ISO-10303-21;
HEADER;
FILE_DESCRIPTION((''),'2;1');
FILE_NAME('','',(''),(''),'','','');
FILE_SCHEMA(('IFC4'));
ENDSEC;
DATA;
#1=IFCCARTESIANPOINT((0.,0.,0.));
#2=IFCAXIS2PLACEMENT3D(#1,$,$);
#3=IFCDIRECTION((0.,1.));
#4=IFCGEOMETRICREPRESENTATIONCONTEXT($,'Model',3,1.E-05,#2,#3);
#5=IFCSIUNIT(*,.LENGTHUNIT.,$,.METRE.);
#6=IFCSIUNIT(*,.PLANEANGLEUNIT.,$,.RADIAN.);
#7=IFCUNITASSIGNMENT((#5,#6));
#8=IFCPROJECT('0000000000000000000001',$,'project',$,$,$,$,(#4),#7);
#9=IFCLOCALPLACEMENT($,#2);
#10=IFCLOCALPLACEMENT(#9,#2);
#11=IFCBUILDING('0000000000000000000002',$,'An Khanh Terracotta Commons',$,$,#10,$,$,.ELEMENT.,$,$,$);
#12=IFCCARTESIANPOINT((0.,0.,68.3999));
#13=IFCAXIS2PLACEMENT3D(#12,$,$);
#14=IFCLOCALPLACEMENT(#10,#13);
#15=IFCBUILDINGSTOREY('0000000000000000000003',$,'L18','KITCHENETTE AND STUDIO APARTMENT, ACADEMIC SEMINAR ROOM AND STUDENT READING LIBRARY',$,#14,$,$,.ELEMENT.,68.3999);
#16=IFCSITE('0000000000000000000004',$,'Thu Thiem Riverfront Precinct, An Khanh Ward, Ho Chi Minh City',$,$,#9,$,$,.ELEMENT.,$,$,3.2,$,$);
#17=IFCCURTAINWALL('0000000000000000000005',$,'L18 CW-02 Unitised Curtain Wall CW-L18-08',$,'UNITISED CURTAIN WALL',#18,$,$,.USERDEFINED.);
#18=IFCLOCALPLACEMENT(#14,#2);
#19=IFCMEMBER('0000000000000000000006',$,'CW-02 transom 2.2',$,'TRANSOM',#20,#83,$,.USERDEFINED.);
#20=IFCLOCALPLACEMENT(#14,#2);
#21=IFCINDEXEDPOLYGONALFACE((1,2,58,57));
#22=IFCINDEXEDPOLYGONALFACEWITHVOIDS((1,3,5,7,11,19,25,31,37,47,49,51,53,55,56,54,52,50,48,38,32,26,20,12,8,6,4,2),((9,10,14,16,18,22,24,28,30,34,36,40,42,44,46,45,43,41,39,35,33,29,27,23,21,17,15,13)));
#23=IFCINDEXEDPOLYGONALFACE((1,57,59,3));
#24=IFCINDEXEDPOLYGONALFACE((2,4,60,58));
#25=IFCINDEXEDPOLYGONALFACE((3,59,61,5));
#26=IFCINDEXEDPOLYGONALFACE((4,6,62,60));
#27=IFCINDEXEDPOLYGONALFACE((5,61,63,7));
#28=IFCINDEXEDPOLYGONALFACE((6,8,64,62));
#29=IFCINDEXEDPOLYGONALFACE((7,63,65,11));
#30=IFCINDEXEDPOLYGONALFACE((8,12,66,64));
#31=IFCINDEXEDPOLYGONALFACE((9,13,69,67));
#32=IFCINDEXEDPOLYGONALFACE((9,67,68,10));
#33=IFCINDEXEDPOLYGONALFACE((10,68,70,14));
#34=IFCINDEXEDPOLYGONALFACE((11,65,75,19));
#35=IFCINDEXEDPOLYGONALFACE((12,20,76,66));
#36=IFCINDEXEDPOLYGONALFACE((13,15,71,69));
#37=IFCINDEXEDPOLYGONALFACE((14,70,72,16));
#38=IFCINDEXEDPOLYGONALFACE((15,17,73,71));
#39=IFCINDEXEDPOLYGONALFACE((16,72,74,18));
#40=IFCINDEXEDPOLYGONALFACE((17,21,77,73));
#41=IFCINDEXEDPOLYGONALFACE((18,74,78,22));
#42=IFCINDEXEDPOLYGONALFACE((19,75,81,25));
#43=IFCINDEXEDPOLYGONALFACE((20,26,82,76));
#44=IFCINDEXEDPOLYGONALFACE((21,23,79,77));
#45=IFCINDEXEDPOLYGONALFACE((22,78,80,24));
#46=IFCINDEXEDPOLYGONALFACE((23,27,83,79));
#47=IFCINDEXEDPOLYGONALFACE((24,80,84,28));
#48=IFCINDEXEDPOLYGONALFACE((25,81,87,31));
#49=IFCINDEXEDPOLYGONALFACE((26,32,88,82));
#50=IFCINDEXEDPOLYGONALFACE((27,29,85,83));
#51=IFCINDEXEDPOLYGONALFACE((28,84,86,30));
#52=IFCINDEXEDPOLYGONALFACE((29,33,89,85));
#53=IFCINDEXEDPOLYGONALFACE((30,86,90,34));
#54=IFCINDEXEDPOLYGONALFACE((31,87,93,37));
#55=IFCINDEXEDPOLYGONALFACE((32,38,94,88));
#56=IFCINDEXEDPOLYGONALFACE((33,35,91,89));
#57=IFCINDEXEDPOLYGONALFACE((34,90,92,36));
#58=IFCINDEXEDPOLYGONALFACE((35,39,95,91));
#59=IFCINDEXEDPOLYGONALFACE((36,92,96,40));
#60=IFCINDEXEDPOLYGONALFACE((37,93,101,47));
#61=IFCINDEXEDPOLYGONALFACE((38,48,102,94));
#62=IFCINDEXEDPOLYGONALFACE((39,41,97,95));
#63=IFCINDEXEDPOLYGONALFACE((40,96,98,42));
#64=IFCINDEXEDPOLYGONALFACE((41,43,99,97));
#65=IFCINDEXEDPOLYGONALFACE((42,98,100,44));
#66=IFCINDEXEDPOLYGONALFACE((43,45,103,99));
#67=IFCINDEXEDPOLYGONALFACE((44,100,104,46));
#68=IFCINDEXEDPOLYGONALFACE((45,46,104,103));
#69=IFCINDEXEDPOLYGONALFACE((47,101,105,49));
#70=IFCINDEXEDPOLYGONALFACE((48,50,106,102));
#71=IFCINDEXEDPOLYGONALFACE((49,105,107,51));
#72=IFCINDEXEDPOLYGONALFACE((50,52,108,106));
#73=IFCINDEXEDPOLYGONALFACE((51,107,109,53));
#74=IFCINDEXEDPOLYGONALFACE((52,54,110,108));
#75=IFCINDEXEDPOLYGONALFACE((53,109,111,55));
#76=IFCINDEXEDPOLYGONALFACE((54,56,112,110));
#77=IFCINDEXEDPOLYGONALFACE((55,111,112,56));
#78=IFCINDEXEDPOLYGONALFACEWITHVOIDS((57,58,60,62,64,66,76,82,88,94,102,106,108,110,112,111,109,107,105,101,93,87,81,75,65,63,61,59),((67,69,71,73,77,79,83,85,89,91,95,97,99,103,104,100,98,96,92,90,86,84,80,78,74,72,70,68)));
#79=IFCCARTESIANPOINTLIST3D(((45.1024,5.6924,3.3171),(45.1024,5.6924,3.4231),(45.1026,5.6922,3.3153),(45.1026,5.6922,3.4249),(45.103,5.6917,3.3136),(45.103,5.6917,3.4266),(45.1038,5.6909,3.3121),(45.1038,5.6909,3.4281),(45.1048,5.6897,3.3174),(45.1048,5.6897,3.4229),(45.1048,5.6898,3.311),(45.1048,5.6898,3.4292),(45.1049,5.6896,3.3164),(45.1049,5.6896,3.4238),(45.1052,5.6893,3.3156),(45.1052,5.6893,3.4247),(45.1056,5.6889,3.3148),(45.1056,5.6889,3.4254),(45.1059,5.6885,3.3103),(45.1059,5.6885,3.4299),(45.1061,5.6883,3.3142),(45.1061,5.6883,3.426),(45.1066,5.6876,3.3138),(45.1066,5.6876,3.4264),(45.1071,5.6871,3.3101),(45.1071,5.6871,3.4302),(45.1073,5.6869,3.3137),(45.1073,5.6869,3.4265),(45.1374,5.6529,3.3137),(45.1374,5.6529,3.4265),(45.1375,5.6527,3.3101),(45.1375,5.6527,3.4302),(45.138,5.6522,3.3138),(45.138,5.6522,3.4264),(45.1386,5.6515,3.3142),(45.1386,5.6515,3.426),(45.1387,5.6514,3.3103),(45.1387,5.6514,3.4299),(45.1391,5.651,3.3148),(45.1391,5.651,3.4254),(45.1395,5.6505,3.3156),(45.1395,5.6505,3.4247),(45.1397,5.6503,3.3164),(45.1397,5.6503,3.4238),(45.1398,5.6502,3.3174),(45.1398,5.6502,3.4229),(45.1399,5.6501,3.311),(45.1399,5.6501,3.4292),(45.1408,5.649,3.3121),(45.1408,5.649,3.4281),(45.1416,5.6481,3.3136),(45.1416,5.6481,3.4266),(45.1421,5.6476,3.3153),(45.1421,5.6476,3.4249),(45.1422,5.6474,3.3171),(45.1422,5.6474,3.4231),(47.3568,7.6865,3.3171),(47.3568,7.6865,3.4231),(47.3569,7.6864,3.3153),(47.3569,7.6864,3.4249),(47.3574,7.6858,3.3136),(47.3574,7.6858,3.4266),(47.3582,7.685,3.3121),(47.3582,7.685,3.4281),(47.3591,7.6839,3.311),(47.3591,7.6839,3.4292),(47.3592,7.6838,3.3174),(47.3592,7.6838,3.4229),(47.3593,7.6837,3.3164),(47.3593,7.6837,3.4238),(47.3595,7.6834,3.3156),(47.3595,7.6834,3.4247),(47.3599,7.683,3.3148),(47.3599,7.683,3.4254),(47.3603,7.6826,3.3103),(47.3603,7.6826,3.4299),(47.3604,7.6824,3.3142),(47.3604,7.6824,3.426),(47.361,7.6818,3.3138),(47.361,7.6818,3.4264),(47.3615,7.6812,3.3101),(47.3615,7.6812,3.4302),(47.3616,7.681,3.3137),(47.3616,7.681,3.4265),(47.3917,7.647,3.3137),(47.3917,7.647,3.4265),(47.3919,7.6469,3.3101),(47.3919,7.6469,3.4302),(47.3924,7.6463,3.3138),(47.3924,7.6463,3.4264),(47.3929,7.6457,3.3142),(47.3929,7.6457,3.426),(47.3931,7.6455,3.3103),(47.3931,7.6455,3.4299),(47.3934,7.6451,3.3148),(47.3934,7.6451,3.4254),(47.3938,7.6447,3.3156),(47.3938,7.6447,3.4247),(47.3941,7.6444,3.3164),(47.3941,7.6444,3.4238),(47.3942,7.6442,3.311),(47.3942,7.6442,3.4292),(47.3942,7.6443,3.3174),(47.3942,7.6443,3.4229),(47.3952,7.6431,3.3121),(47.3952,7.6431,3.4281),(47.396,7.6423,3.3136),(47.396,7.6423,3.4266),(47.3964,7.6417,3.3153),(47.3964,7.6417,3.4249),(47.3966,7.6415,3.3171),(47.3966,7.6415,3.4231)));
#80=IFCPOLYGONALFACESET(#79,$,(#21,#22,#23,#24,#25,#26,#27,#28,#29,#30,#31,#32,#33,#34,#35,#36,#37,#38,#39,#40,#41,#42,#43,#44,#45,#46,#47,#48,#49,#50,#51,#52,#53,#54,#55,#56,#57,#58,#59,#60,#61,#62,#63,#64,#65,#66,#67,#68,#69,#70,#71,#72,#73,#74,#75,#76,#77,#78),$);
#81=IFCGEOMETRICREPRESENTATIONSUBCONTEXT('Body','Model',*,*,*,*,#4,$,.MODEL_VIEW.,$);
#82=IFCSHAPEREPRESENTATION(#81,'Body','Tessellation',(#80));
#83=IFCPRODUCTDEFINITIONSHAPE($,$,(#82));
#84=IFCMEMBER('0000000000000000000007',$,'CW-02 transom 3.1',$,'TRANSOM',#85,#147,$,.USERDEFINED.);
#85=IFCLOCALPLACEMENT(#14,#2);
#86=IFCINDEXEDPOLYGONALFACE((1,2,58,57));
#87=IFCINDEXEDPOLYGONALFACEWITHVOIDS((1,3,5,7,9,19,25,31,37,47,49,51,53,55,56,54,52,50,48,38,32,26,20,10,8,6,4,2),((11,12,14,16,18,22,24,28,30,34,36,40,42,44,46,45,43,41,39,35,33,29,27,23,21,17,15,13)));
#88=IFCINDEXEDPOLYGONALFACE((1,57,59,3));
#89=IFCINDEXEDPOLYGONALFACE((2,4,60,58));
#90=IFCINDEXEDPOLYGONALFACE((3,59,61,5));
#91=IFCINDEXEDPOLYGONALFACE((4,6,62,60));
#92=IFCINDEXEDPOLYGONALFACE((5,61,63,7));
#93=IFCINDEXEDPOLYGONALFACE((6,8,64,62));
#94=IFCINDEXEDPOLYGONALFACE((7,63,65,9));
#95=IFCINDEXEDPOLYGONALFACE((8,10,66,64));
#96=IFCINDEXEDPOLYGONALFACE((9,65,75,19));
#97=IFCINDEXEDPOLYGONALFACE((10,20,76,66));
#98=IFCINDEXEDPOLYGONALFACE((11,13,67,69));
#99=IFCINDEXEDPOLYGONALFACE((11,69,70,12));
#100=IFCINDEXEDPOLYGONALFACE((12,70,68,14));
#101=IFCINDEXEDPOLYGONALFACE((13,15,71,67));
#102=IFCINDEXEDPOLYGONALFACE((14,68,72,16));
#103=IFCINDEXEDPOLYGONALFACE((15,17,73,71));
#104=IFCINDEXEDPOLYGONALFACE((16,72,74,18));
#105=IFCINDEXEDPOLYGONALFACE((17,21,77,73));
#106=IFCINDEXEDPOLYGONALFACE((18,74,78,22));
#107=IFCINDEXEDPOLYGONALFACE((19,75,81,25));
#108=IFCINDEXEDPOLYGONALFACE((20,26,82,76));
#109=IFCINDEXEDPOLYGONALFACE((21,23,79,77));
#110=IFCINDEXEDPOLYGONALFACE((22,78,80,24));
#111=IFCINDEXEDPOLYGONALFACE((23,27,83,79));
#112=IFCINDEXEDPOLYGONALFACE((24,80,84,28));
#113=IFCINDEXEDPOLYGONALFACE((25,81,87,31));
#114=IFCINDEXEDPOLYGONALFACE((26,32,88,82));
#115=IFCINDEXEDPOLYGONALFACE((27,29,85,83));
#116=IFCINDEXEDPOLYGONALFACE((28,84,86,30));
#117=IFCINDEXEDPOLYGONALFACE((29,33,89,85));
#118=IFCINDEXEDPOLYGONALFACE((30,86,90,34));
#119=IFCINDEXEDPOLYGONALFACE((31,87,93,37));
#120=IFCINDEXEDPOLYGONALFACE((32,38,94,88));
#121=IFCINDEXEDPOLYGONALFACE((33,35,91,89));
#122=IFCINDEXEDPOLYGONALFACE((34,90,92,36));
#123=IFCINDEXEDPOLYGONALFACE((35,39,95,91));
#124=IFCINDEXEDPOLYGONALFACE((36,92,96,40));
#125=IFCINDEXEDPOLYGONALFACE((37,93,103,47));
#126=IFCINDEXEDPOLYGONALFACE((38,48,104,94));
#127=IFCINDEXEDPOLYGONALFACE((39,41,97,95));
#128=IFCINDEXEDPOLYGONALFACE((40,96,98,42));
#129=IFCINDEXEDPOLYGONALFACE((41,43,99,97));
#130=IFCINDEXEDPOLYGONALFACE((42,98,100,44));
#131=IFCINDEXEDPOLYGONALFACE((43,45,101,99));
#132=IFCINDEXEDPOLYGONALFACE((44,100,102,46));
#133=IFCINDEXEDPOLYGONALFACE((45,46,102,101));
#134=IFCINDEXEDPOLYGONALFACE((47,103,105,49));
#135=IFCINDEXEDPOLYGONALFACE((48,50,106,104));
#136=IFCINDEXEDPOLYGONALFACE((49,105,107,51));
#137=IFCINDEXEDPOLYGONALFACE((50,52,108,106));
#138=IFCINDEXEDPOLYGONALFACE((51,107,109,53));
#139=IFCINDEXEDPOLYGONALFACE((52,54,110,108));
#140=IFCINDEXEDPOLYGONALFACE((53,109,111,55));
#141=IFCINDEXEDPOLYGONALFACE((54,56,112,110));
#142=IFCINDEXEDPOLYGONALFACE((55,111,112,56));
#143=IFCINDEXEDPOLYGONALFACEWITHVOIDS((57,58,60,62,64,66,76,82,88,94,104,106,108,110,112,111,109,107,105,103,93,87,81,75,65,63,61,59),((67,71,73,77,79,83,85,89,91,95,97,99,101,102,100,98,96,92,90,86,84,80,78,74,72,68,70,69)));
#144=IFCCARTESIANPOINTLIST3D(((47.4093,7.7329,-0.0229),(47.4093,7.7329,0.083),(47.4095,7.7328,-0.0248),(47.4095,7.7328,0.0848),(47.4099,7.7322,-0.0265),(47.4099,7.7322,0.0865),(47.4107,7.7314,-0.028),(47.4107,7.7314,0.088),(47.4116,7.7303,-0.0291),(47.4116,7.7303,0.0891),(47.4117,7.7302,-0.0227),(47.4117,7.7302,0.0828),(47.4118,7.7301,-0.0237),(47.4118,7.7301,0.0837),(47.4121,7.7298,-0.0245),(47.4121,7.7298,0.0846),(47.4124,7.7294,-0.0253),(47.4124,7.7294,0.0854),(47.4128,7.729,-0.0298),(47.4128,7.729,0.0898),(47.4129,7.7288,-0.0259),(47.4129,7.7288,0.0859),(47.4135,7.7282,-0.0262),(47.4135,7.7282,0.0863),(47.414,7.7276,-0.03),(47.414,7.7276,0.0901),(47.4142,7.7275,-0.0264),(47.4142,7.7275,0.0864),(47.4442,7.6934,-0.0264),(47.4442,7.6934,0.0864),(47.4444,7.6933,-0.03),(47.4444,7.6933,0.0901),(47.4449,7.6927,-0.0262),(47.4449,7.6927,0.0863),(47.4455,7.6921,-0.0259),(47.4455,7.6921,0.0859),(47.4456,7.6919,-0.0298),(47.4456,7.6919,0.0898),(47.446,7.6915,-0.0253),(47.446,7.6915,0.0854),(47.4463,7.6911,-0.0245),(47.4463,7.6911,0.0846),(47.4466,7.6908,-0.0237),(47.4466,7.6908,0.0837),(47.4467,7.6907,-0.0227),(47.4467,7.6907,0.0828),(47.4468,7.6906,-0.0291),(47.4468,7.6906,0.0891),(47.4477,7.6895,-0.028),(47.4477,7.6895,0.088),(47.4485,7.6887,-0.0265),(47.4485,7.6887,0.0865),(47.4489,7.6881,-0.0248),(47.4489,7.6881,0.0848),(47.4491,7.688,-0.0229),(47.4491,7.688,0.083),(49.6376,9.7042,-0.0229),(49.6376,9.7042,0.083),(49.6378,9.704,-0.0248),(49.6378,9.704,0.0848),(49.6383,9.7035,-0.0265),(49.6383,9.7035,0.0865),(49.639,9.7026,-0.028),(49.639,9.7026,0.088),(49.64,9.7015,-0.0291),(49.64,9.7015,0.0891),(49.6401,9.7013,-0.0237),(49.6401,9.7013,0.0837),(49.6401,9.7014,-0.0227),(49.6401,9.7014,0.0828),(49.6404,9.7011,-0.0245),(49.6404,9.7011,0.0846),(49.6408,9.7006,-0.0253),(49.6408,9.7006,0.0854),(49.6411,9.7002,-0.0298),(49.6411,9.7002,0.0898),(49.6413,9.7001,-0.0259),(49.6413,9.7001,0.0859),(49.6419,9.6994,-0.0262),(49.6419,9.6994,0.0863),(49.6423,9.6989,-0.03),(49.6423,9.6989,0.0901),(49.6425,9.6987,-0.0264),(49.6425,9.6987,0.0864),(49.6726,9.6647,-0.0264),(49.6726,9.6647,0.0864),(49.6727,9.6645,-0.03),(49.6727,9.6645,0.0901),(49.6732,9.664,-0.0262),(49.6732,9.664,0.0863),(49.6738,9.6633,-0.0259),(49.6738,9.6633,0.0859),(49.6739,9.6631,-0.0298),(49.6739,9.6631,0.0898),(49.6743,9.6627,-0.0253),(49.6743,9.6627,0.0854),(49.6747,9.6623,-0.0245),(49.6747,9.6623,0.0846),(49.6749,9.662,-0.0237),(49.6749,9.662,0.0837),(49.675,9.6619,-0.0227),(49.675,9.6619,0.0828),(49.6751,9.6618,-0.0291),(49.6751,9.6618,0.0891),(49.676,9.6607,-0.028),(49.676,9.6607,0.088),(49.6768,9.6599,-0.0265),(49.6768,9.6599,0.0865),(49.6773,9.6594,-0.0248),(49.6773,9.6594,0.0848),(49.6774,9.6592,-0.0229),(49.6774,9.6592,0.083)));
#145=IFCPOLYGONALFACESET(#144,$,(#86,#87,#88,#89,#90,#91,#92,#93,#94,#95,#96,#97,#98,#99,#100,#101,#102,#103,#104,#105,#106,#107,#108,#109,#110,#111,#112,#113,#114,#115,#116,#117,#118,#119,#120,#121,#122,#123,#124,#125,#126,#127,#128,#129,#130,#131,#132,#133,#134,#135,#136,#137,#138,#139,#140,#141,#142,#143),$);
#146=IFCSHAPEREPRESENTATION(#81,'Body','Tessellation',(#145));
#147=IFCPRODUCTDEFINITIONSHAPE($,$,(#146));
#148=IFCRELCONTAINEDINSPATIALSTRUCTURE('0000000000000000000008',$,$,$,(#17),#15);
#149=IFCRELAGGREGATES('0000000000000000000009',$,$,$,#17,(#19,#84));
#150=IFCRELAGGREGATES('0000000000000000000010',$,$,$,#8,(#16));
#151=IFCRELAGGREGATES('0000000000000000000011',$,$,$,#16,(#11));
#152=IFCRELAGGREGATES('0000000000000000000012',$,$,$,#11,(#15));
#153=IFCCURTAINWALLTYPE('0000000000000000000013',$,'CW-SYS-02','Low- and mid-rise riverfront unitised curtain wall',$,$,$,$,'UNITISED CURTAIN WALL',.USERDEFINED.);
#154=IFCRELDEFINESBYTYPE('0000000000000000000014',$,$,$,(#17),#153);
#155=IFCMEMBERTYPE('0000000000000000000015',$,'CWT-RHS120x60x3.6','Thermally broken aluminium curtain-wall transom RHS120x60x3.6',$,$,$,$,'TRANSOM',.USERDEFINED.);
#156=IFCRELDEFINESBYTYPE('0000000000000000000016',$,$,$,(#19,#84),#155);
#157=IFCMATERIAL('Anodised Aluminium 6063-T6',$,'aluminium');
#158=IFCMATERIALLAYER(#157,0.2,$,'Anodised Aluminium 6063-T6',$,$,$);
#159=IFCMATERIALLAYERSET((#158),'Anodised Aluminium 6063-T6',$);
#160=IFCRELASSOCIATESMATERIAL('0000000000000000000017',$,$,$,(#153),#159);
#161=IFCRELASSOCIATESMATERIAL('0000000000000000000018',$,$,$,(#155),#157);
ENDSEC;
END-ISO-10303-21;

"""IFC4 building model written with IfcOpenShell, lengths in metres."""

from ifc_helpers import new_model, si_unit, direction, frame, origin, origin_2d, place, context, subcontext, project, spatial, hollow_rectangle, extrude, material, layer, layer_set, material_profile, profile_set, type_object, element, aggregate, save


model = new_model("IFC4")

# Units and contexts
model_context = context("Model", 3, precision=1e-05, world=origin(), true_north=direction((0.0, 1.0)))
body_context = subcontext(model_context, "Body", "Model", "MODEL_VIEW")
ifc_project = project(units=[si_unit("LENGTHUNIT", "METRE"), si_unit("PLANEANGLEUNIT", "RADIAN")], contexts=[model_context])

# Site, building, storey
site_placement = place(None, origin())
site = spatial("IfcSite", under=ifc_project, at=site_placement, Name="Thu Thiem Riverfront Precinct, An Khanh Ward, Ho Chi Minh City", CompositionType="ELEMENT", RefElevation=3.2)
building_placement = place(site_placement, origin())
building = spatial("IfcBuilding", under=site, at=building_placement, Name="An Khanh Terracotta Commons", CompositionType="ELEMENT")
storey_placement = place(building_placement, frame((0.0, 0.0, 68.3999)))
storey = spatial("IfcBuildingStorey", under=building, at=storey_placement, Name="L18", Description="KITCHENETTE AND STUDIO APARTMENT, ACADEMIC SEMINAR ROOM AND STUDENT READING LIBRARY", CompositionType="ELEMENT", Elevation=68.3999)

# Curtain wall, members
ifc_material_1 = material(Name="Anodised Aluminium 6063-T6", Category="aluminium")
ifc_layer_1 = layer(ifc_material_1, 0.2, Name="Anodised Aluminium 6063-T6")
ifc_layer_set_1 = layer_set([ifc_layer_1], Name="Anodised Aluminium 6063-T6")
curtain_wall_type = type_object("IfcCurtainWallType", Name="CW-SYS-02", Description="Low- and mid-rise riverfront unitised curtain wall", ElementType="UNITISED CURTAIN WALL", PredefinedType="USERDEFINED", material=ifc_layer_set_1)
curtain_wall_placement = place(storey_placement, origin())
curtain_wall = element("IfcCurtainWall", 1, at=curtain_wall_placement, inside=storey, type_object=curtain_wall_type, Name="L18 CW-02 Unitised Curtain Wall CW-L18-08", ObjectType="UNITISED CURTAIN WALL", PredefinedType="USERDEFINED")
ifc_material_profile_1 = material_profile(ifc_material_1, hollow_rectangle(XDim=0.0601, YDim=0.1201, WallThickness=0.0037, InnerFilletRadius=0.0037, OuterFilletRadius=0.0071, at=origin_2d()), Name="RHS120x60x3.6")
ifc_profile_set_1 = profile_set([ifc_material_profile_1], Name="Anodised Aluminium 6063-T6")
member_type_1 = type_object("IfcMemberType", Name="CWT-RHS120x60x3.6", Description="Thermally broken aluminium curtain-wall transom RHS120x60x3.6", ElementType="TRANSOM", PredefinedType="USERDEFINED", material=ifc_profile_set_1)
member_1_placement = place(storey_placement, frame((45.1223, 5.6699, 3.3701), z_axis=(0.749018, 0.662549, 0.0), x_axis=(-0.662549, 0.749018, 0.0)))
member_1 = element("IfcMember", 2, at=member_1_placement, type_object=member_type_1, Name="CW-02 transom 2.2", ObjectType="TRANSOM", PredefinedType="USERDEFINED", context=body_context, shape_type="SweptSolid", body=[
    extrude(hollow_rectangle(XDim=0.0601, YDim=0.1201, WallThickness=0.0037, InnerFilletRadius=0.0037, OuterFilletRadius=0.0071, at=origin_2d()), origin(), (0.0, 0.0, 1.0), 3.0098),
])
member_2_placement = place(storey_placement, frame((47.4292, 7.7104, 0.03), z_axis=(0.748992, 0.662579, 0.0), x_axis=(-0.662579, 0.748992, 0.0)))
member_2 = element("IfcMember", 3, at=member_2_placement, type_object=member_type_1, Name="CW-02 transom 3.1", ObjectType="TRANSOM", PredefinedType="USERDEFINED", context=body_context, shape_type="SweptSolid", body=[
    extrude(hollow_rectangle(XDim=0.0601, YDim=0.1201, WallThickness=0.0037, InnerFilletRadius=0.0037, OuterFilletRadius=0.0071, at=origin_2d()), origin(), (0.0, 0.0, 1.0), 2.9751),
])
aggregate(curtain_wall, [member_1, member_2])

save(model, "model.ifc")
